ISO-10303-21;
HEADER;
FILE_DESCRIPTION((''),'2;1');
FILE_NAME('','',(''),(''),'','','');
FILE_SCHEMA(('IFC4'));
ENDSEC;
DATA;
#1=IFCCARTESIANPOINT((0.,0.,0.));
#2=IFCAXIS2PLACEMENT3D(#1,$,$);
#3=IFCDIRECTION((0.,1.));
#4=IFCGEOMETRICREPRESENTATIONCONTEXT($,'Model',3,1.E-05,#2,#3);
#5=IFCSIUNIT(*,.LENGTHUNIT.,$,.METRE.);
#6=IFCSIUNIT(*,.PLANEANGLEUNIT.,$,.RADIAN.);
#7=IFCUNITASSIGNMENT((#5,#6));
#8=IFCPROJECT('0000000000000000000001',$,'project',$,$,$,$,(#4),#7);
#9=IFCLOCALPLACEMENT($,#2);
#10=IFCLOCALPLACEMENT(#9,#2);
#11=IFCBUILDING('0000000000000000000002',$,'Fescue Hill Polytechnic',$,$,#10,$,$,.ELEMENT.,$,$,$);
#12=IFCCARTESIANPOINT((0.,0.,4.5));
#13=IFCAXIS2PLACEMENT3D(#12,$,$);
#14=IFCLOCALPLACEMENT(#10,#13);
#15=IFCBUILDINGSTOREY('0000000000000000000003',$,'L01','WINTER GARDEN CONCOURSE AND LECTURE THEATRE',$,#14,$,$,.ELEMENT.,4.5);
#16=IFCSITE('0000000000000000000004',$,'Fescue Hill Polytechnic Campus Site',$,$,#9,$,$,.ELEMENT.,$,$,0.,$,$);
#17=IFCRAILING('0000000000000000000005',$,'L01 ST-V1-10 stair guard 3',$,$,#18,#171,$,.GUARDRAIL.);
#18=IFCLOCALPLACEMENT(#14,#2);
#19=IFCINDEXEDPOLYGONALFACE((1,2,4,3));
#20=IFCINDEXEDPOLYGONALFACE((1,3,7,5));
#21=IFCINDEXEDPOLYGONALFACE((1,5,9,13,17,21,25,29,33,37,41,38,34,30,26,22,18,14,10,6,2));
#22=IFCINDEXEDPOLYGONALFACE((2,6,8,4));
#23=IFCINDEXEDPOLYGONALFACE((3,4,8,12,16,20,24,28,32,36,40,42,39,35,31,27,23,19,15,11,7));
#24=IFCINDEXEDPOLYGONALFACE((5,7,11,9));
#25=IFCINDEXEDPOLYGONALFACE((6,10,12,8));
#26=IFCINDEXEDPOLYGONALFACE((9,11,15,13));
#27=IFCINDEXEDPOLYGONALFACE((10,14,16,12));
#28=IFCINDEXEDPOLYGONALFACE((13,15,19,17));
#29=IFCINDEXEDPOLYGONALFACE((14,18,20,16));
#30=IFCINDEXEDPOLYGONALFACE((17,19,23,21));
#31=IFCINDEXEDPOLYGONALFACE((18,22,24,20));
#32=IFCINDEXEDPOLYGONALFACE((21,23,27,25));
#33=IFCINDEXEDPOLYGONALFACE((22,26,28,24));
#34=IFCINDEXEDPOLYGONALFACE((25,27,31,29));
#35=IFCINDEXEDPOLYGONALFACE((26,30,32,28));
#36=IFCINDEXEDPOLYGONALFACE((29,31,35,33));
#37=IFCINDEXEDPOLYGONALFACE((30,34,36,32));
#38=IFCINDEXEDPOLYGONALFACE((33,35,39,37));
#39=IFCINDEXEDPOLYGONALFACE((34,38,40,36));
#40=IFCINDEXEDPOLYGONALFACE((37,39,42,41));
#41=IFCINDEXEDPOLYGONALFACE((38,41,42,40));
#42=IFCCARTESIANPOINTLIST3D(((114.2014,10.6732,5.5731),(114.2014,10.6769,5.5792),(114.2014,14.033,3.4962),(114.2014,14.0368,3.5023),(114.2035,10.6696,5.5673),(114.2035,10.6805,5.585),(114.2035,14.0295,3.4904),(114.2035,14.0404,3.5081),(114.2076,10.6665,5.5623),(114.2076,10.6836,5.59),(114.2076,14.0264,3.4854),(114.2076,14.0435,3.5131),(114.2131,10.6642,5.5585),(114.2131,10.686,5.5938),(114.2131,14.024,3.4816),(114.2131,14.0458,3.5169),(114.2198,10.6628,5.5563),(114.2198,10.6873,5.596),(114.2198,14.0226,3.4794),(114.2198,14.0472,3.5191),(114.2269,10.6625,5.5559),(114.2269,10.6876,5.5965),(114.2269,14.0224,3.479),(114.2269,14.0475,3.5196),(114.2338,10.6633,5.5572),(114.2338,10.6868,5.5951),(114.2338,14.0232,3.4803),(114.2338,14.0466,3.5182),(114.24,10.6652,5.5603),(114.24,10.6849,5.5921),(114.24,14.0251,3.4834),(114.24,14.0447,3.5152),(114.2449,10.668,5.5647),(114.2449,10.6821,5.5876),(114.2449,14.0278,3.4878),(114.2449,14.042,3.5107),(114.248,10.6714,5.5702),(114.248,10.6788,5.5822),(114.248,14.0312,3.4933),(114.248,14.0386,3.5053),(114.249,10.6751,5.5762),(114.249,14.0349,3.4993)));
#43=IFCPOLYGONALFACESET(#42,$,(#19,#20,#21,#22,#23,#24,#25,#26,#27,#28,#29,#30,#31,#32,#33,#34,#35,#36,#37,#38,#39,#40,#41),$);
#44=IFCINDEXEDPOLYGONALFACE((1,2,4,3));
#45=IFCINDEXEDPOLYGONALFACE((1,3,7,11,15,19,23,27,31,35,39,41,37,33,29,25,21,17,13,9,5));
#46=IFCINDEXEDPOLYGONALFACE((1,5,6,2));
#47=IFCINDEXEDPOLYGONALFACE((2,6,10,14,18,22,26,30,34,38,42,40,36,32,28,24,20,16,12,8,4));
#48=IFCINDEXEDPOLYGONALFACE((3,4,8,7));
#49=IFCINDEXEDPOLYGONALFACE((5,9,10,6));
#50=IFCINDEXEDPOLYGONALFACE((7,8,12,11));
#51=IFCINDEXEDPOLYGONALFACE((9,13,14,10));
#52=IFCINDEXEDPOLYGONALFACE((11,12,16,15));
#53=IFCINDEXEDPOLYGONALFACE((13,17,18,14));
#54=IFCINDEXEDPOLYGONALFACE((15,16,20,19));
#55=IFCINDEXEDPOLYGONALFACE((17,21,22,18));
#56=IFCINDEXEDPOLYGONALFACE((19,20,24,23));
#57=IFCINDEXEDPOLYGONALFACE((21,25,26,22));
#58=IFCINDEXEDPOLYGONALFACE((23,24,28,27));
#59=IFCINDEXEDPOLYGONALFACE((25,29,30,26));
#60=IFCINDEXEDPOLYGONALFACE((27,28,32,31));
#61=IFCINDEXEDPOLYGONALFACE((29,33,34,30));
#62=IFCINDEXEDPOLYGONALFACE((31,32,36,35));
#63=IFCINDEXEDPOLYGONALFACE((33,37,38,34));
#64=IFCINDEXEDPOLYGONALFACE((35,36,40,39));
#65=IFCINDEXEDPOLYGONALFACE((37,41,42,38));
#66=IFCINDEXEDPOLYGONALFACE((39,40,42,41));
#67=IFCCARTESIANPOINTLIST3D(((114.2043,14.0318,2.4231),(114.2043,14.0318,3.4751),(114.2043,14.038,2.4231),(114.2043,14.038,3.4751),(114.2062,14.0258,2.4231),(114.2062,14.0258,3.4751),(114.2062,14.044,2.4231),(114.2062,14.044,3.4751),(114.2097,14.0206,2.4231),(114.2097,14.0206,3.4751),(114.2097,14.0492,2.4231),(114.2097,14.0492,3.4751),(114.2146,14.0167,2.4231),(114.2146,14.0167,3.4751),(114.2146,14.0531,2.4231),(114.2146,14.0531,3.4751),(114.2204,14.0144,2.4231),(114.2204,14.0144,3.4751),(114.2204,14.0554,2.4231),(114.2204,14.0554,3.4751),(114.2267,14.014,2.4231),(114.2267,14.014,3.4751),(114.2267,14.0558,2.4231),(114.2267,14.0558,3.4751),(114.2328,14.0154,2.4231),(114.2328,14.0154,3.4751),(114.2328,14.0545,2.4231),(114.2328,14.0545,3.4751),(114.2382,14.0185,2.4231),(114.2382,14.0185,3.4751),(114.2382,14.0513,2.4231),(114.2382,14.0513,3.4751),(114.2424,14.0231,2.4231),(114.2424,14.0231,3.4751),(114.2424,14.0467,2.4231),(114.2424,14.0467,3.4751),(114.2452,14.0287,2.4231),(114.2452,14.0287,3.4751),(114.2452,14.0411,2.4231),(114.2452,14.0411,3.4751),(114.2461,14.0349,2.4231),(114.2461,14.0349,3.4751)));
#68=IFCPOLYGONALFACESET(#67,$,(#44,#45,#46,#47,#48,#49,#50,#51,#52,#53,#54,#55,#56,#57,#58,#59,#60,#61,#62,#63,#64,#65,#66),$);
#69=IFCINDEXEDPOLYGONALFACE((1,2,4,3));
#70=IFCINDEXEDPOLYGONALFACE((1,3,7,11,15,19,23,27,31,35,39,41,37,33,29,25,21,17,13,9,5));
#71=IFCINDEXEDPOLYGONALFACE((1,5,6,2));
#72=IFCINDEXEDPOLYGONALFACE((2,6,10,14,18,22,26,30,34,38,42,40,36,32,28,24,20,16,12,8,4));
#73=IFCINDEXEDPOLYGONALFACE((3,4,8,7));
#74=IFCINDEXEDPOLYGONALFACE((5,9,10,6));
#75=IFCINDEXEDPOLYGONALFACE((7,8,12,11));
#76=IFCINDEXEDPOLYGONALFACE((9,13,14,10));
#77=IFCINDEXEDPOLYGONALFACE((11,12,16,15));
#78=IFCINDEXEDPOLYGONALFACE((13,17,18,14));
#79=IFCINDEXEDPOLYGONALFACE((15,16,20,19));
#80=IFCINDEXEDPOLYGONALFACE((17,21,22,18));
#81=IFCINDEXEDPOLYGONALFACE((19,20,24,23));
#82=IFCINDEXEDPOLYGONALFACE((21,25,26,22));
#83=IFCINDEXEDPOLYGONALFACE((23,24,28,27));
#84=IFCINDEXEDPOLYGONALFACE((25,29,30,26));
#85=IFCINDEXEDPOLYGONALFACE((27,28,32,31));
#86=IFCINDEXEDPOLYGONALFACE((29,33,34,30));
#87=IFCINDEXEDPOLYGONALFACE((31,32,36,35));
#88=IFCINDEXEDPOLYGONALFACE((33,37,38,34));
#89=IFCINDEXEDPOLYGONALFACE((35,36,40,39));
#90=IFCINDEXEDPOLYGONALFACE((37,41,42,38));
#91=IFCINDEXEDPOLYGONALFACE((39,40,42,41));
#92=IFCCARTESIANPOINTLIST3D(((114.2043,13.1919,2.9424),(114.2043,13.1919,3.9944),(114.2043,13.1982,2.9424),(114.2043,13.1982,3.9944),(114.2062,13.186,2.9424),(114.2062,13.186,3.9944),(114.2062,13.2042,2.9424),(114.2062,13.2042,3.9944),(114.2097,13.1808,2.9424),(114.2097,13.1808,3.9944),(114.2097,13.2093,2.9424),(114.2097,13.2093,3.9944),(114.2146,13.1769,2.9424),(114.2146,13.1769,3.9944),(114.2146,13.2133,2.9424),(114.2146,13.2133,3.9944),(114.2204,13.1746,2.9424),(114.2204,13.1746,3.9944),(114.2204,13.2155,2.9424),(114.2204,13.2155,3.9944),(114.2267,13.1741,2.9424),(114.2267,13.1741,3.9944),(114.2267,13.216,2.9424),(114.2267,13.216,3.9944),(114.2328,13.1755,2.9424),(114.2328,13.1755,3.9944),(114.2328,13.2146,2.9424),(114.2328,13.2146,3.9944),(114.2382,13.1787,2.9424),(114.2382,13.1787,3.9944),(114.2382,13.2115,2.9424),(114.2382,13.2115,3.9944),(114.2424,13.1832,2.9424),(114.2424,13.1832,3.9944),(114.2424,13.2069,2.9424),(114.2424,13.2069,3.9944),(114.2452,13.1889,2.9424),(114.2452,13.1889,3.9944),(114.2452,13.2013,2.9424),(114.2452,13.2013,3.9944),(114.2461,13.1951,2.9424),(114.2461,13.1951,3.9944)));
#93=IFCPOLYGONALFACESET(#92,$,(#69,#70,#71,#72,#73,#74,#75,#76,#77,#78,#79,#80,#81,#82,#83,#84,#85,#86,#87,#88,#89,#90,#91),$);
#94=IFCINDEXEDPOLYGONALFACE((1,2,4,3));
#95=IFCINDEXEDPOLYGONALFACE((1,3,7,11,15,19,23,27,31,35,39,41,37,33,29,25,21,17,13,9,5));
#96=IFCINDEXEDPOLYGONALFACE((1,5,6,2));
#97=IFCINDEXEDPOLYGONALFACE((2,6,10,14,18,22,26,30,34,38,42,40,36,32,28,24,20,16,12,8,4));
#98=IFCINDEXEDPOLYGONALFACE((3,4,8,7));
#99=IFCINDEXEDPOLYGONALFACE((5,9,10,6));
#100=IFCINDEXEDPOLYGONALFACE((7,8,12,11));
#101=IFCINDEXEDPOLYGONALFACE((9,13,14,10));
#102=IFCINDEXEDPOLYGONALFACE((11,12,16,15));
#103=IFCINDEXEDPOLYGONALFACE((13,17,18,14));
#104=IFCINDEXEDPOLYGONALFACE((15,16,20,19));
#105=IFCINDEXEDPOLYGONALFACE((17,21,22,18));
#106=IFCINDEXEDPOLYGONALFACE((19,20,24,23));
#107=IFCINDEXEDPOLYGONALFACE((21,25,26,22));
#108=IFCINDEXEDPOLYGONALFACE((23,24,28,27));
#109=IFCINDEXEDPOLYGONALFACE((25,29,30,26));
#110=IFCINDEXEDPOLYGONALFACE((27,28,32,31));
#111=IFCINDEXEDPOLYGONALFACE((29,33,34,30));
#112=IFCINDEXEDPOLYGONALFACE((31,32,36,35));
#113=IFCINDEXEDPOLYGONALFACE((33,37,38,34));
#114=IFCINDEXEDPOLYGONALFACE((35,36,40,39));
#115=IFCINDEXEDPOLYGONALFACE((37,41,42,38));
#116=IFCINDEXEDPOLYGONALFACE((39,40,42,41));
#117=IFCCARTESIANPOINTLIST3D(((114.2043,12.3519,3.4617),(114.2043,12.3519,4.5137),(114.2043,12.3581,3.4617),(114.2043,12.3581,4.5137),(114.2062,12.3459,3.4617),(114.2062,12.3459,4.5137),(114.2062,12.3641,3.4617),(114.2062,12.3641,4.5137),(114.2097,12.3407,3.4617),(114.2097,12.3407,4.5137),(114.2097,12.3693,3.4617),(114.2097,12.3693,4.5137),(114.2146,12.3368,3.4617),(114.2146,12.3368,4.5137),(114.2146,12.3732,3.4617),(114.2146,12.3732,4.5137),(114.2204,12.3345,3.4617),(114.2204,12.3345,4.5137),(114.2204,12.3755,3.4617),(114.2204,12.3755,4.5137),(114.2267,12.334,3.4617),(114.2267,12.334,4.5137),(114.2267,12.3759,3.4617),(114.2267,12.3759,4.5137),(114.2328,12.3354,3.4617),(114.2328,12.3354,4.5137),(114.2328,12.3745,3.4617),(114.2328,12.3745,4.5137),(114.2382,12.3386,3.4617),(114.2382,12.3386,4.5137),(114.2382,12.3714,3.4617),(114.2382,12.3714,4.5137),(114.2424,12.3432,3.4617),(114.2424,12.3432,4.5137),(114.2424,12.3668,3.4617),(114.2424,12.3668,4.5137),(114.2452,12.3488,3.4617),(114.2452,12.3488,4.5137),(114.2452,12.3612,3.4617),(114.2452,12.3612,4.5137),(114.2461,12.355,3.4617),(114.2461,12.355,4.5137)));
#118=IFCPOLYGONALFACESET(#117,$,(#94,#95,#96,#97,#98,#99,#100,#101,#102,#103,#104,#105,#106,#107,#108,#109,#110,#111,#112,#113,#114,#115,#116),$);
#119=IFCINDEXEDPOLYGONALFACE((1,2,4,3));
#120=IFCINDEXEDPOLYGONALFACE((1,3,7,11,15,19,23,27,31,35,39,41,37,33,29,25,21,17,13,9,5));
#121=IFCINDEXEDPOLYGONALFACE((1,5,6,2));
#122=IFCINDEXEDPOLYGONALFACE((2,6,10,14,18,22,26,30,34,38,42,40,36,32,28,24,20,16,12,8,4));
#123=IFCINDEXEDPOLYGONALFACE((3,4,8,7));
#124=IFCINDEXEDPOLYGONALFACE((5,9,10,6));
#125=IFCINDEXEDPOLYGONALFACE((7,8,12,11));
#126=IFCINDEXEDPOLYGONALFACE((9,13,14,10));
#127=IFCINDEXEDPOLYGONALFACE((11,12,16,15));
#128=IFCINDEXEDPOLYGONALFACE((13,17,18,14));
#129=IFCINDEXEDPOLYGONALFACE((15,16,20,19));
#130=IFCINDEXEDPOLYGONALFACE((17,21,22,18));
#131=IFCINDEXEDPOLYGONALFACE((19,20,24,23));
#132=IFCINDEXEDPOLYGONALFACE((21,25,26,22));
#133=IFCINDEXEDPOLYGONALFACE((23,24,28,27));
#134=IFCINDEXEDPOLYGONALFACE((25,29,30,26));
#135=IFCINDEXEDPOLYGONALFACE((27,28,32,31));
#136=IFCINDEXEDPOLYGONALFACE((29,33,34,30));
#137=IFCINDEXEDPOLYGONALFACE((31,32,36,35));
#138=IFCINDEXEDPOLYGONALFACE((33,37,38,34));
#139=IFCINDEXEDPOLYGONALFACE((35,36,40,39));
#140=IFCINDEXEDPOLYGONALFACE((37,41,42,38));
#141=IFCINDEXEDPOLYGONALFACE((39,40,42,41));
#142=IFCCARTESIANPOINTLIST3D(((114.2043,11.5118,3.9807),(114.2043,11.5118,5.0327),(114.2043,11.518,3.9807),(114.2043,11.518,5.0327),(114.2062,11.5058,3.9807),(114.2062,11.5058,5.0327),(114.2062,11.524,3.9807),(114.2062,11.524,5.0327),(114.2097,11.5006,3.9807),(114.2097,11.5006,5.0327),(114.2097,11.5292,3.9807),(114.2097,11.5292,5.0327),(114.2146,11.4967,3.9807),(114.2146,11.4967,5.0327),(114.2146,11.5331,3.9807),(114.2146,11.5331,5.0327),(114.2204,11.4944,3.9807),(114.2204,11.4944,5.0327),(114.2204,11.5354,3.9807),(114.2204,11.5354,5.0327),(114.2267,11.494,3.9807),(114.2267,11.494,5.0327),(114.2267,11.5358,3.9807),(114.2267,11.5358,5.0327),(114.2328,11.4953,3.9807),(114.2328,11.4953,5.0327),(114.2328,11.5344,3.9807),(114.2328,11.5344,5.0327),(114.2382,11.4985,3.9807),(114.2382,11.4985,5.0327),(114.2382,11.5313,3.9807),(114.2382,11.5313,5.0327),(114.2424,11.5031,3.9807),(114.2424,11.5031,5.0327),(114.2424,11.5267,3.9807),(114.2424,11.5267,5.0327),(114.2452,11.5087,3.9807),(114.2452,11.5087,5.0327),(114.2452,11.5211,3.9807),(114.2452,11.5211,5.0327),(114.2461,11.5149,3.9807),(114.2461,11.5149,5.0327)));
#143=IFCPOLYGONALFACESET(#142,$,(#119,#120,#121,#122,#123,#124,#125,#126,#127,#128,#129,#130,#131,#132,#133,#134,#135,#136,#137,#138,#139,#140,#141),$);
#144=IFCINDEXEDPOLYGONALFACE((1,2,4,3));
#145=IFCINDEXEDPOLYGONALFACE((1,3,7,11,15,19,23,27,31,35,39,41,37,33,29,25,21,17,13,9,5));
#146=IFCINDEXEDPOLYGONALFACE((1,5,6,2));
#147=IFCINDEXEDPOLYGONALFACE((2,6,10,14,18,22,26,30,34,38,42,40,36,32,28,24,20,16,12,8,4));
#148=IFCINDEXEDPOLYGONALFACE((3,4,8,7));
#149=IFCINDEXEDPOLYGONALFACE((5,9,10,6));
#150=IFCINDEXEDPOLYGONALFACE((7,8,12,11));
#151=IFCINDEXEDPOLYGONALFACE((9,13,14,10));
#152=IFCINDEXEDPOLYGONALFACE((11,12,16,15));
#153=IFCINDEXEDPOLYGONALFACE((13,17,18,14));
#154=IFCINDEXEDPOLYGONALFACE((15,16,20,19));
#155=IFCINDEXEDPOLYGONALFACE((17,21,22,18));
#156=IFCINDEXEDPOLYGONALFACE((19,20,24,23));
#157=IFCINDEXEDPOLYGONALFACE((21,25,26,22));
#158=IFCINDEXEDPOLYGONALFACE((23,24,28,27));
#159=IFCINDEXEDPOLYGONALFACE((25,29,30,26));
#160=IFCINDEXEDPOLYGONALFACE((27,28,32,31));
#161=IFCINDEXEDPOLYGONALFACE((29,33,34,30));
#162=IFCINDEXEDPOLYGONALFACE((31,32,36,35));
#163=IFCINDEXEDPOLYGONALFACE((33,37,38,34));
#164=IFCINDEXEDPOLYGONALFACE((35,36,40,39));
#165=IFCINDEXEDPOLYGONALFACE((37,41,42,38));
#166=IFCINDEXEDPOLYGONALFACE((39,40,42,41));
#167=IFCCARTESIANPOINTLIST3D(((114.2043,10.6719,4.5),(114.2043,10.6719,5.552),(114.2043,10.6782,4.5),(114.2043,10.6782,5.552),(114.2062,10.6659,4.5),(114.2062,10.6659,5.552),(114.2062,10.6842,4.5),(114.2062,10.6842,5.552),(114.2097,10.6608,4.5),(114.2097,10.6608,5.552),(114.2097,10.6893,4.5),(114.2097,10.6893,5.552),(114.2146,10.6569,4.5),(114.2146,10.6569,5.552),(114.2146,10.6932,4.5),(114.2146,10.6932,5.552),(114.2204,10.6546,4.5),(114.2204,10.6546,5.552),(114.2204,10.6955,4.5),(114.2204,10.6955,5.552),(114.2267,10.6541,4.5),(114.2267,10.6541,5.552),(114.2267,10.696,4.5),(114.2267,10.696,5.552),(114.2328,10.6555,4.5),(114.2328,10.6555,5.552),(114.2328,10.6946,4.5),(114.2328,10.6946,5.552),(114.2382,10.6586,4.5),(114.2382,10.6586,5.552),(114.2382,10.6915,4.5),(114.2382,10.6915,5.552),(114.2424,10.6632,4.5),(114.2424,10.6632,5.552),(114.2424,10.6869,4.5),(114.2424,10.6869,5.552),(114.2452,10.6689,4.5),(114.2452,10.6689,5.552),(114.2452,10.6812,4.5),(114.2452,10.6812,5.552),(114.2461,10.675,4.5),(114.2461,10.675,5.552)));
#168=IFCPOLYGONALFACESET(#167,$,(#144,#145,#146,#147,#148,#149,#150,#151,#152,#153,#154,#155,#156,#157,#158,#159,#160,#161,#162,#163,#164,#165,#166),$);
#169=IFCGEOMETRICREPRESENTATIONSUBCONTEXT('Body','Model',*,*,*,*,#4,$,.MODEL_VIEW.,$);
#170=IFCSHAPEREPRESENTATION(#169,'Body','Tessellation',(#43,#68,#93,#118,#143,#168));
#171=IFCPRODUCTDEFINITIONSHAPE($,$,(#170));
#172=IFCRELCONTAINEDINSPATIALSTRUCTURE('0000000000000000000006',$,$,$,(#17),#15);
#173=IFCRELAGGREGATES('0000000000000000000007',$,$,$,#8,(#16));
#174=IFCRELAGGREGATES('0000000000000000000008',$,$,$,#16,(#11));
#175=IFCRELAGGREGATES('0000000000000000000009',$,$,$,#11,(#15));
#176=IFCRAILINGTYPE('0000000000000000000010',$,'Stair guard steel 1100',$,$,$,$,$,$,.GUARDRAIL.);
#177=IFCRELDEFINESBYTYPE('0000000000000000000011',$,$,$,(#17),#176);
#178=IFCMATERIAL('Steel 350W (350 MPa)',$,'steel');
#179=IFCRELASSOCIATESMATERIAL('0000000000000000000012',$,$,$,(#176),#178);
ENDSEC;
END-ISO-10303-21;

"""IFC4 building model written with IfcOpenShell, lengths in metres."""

from ifc_helpers import new_model, si_unit, direction, frame, origin, origin_2d, place, context, subcontext, project, spatial, circle, extrude, material, type_object, element, save


model = new_model("IFC4")

# Units and contexts
model_context = context("Model", 3, precision=1e-05, world=origin(), true_north=direction((0.0, 1.0)))
body_context = subcontext(model_context, "Body", "Model", "MODEL_VIEW")
ifc_project = project(units=[si_unit("LENGTHUNIT", "METRE"), si_unit("PLANEANGLEUNIT", "RADIAN")], contexts=[model_context])

# Site, building, storey
site_placement = place(None, origin())
site = spatial("IfcSite", under=ifc_project, at=site_placement, Name="Fescue Hill Polytechnic Campus Site", CompositionType="ELEMENT", RefElevation=0.0)
building_placement = place(site_placement, origin())
building = spatial("IfcBuilding", under=site, at=building_placement, Name="Fescue Hill Polytechnic", CompositionType="ELEMENT")
storey_placement = place(building_placement, frame((0.0, 0.0, 4.5)))
storey = spatial("IfcBuildingStorey", under=building, at=storey_placement, Name="L01", Description="WINTER GARDEN CONCOURSE AND LECTURE THEATRE", CompositionType="ELEMENT", Elevation=4.5)

# Railing
ifc_material_1 = material(Name="Steel 350W (350 MPa)", Category="steel")
railing_type_1 = type_object("IfcRailingType", Name="Stair guard steel 1100", PredefinedType="GUARDRAIL", material=ifc_material_1)
railing_1_placement = place(storey_placement, frame((114.2251, 14.0349, 2.4231)))
element("IfcRailing", 1, at=railing_1_placement, inside=storey, type_object=railing_type_1, Name="L01 ST-V1-10 stair guard 3", PredefinedType="GUARDRAIL", context=body_context, shape_type="SweptSolid", body=[
    extrude(circle(Radius=0.0239, at=origin_2d()), frame((0.0, 0.0, 1.0762), z_axis=(0.0, -0.850606, 0.525803), x_axis=(1.0, 0.0, 0.0)), (0.0, 0.0, 1.0), 3.95),
    extrude(circle(Radius=0.021, at=origin_2d()), origin(), (0.0, 0.0, 1.0), 1.052),
    extrude(circle(Radius=0.021, at=origin_2d()), frame((0.0, -0.8398, 0.5193)), (0.0, 0.0, 1.0), 1.052),
    extrude(circle(Radius=0.021, at=origin_2d()), frame((0.0, -1.6799, 1.0386)), (0.0, 0.0, 1.0), 1.052),
    extrude(circle(Radius=0.021, at=origin_2d()), frame((0.0, -2.52, 1.5576)), (0.0, 0.0, 1.0), 1.052),
    extrude(circle(Radius=0.021, at=origin_2d()), frame((0.0, -3.3599, 2.0769)), (0.0, 0.0, 1.0), 1.052),
])

save(model, "model.ifc")
